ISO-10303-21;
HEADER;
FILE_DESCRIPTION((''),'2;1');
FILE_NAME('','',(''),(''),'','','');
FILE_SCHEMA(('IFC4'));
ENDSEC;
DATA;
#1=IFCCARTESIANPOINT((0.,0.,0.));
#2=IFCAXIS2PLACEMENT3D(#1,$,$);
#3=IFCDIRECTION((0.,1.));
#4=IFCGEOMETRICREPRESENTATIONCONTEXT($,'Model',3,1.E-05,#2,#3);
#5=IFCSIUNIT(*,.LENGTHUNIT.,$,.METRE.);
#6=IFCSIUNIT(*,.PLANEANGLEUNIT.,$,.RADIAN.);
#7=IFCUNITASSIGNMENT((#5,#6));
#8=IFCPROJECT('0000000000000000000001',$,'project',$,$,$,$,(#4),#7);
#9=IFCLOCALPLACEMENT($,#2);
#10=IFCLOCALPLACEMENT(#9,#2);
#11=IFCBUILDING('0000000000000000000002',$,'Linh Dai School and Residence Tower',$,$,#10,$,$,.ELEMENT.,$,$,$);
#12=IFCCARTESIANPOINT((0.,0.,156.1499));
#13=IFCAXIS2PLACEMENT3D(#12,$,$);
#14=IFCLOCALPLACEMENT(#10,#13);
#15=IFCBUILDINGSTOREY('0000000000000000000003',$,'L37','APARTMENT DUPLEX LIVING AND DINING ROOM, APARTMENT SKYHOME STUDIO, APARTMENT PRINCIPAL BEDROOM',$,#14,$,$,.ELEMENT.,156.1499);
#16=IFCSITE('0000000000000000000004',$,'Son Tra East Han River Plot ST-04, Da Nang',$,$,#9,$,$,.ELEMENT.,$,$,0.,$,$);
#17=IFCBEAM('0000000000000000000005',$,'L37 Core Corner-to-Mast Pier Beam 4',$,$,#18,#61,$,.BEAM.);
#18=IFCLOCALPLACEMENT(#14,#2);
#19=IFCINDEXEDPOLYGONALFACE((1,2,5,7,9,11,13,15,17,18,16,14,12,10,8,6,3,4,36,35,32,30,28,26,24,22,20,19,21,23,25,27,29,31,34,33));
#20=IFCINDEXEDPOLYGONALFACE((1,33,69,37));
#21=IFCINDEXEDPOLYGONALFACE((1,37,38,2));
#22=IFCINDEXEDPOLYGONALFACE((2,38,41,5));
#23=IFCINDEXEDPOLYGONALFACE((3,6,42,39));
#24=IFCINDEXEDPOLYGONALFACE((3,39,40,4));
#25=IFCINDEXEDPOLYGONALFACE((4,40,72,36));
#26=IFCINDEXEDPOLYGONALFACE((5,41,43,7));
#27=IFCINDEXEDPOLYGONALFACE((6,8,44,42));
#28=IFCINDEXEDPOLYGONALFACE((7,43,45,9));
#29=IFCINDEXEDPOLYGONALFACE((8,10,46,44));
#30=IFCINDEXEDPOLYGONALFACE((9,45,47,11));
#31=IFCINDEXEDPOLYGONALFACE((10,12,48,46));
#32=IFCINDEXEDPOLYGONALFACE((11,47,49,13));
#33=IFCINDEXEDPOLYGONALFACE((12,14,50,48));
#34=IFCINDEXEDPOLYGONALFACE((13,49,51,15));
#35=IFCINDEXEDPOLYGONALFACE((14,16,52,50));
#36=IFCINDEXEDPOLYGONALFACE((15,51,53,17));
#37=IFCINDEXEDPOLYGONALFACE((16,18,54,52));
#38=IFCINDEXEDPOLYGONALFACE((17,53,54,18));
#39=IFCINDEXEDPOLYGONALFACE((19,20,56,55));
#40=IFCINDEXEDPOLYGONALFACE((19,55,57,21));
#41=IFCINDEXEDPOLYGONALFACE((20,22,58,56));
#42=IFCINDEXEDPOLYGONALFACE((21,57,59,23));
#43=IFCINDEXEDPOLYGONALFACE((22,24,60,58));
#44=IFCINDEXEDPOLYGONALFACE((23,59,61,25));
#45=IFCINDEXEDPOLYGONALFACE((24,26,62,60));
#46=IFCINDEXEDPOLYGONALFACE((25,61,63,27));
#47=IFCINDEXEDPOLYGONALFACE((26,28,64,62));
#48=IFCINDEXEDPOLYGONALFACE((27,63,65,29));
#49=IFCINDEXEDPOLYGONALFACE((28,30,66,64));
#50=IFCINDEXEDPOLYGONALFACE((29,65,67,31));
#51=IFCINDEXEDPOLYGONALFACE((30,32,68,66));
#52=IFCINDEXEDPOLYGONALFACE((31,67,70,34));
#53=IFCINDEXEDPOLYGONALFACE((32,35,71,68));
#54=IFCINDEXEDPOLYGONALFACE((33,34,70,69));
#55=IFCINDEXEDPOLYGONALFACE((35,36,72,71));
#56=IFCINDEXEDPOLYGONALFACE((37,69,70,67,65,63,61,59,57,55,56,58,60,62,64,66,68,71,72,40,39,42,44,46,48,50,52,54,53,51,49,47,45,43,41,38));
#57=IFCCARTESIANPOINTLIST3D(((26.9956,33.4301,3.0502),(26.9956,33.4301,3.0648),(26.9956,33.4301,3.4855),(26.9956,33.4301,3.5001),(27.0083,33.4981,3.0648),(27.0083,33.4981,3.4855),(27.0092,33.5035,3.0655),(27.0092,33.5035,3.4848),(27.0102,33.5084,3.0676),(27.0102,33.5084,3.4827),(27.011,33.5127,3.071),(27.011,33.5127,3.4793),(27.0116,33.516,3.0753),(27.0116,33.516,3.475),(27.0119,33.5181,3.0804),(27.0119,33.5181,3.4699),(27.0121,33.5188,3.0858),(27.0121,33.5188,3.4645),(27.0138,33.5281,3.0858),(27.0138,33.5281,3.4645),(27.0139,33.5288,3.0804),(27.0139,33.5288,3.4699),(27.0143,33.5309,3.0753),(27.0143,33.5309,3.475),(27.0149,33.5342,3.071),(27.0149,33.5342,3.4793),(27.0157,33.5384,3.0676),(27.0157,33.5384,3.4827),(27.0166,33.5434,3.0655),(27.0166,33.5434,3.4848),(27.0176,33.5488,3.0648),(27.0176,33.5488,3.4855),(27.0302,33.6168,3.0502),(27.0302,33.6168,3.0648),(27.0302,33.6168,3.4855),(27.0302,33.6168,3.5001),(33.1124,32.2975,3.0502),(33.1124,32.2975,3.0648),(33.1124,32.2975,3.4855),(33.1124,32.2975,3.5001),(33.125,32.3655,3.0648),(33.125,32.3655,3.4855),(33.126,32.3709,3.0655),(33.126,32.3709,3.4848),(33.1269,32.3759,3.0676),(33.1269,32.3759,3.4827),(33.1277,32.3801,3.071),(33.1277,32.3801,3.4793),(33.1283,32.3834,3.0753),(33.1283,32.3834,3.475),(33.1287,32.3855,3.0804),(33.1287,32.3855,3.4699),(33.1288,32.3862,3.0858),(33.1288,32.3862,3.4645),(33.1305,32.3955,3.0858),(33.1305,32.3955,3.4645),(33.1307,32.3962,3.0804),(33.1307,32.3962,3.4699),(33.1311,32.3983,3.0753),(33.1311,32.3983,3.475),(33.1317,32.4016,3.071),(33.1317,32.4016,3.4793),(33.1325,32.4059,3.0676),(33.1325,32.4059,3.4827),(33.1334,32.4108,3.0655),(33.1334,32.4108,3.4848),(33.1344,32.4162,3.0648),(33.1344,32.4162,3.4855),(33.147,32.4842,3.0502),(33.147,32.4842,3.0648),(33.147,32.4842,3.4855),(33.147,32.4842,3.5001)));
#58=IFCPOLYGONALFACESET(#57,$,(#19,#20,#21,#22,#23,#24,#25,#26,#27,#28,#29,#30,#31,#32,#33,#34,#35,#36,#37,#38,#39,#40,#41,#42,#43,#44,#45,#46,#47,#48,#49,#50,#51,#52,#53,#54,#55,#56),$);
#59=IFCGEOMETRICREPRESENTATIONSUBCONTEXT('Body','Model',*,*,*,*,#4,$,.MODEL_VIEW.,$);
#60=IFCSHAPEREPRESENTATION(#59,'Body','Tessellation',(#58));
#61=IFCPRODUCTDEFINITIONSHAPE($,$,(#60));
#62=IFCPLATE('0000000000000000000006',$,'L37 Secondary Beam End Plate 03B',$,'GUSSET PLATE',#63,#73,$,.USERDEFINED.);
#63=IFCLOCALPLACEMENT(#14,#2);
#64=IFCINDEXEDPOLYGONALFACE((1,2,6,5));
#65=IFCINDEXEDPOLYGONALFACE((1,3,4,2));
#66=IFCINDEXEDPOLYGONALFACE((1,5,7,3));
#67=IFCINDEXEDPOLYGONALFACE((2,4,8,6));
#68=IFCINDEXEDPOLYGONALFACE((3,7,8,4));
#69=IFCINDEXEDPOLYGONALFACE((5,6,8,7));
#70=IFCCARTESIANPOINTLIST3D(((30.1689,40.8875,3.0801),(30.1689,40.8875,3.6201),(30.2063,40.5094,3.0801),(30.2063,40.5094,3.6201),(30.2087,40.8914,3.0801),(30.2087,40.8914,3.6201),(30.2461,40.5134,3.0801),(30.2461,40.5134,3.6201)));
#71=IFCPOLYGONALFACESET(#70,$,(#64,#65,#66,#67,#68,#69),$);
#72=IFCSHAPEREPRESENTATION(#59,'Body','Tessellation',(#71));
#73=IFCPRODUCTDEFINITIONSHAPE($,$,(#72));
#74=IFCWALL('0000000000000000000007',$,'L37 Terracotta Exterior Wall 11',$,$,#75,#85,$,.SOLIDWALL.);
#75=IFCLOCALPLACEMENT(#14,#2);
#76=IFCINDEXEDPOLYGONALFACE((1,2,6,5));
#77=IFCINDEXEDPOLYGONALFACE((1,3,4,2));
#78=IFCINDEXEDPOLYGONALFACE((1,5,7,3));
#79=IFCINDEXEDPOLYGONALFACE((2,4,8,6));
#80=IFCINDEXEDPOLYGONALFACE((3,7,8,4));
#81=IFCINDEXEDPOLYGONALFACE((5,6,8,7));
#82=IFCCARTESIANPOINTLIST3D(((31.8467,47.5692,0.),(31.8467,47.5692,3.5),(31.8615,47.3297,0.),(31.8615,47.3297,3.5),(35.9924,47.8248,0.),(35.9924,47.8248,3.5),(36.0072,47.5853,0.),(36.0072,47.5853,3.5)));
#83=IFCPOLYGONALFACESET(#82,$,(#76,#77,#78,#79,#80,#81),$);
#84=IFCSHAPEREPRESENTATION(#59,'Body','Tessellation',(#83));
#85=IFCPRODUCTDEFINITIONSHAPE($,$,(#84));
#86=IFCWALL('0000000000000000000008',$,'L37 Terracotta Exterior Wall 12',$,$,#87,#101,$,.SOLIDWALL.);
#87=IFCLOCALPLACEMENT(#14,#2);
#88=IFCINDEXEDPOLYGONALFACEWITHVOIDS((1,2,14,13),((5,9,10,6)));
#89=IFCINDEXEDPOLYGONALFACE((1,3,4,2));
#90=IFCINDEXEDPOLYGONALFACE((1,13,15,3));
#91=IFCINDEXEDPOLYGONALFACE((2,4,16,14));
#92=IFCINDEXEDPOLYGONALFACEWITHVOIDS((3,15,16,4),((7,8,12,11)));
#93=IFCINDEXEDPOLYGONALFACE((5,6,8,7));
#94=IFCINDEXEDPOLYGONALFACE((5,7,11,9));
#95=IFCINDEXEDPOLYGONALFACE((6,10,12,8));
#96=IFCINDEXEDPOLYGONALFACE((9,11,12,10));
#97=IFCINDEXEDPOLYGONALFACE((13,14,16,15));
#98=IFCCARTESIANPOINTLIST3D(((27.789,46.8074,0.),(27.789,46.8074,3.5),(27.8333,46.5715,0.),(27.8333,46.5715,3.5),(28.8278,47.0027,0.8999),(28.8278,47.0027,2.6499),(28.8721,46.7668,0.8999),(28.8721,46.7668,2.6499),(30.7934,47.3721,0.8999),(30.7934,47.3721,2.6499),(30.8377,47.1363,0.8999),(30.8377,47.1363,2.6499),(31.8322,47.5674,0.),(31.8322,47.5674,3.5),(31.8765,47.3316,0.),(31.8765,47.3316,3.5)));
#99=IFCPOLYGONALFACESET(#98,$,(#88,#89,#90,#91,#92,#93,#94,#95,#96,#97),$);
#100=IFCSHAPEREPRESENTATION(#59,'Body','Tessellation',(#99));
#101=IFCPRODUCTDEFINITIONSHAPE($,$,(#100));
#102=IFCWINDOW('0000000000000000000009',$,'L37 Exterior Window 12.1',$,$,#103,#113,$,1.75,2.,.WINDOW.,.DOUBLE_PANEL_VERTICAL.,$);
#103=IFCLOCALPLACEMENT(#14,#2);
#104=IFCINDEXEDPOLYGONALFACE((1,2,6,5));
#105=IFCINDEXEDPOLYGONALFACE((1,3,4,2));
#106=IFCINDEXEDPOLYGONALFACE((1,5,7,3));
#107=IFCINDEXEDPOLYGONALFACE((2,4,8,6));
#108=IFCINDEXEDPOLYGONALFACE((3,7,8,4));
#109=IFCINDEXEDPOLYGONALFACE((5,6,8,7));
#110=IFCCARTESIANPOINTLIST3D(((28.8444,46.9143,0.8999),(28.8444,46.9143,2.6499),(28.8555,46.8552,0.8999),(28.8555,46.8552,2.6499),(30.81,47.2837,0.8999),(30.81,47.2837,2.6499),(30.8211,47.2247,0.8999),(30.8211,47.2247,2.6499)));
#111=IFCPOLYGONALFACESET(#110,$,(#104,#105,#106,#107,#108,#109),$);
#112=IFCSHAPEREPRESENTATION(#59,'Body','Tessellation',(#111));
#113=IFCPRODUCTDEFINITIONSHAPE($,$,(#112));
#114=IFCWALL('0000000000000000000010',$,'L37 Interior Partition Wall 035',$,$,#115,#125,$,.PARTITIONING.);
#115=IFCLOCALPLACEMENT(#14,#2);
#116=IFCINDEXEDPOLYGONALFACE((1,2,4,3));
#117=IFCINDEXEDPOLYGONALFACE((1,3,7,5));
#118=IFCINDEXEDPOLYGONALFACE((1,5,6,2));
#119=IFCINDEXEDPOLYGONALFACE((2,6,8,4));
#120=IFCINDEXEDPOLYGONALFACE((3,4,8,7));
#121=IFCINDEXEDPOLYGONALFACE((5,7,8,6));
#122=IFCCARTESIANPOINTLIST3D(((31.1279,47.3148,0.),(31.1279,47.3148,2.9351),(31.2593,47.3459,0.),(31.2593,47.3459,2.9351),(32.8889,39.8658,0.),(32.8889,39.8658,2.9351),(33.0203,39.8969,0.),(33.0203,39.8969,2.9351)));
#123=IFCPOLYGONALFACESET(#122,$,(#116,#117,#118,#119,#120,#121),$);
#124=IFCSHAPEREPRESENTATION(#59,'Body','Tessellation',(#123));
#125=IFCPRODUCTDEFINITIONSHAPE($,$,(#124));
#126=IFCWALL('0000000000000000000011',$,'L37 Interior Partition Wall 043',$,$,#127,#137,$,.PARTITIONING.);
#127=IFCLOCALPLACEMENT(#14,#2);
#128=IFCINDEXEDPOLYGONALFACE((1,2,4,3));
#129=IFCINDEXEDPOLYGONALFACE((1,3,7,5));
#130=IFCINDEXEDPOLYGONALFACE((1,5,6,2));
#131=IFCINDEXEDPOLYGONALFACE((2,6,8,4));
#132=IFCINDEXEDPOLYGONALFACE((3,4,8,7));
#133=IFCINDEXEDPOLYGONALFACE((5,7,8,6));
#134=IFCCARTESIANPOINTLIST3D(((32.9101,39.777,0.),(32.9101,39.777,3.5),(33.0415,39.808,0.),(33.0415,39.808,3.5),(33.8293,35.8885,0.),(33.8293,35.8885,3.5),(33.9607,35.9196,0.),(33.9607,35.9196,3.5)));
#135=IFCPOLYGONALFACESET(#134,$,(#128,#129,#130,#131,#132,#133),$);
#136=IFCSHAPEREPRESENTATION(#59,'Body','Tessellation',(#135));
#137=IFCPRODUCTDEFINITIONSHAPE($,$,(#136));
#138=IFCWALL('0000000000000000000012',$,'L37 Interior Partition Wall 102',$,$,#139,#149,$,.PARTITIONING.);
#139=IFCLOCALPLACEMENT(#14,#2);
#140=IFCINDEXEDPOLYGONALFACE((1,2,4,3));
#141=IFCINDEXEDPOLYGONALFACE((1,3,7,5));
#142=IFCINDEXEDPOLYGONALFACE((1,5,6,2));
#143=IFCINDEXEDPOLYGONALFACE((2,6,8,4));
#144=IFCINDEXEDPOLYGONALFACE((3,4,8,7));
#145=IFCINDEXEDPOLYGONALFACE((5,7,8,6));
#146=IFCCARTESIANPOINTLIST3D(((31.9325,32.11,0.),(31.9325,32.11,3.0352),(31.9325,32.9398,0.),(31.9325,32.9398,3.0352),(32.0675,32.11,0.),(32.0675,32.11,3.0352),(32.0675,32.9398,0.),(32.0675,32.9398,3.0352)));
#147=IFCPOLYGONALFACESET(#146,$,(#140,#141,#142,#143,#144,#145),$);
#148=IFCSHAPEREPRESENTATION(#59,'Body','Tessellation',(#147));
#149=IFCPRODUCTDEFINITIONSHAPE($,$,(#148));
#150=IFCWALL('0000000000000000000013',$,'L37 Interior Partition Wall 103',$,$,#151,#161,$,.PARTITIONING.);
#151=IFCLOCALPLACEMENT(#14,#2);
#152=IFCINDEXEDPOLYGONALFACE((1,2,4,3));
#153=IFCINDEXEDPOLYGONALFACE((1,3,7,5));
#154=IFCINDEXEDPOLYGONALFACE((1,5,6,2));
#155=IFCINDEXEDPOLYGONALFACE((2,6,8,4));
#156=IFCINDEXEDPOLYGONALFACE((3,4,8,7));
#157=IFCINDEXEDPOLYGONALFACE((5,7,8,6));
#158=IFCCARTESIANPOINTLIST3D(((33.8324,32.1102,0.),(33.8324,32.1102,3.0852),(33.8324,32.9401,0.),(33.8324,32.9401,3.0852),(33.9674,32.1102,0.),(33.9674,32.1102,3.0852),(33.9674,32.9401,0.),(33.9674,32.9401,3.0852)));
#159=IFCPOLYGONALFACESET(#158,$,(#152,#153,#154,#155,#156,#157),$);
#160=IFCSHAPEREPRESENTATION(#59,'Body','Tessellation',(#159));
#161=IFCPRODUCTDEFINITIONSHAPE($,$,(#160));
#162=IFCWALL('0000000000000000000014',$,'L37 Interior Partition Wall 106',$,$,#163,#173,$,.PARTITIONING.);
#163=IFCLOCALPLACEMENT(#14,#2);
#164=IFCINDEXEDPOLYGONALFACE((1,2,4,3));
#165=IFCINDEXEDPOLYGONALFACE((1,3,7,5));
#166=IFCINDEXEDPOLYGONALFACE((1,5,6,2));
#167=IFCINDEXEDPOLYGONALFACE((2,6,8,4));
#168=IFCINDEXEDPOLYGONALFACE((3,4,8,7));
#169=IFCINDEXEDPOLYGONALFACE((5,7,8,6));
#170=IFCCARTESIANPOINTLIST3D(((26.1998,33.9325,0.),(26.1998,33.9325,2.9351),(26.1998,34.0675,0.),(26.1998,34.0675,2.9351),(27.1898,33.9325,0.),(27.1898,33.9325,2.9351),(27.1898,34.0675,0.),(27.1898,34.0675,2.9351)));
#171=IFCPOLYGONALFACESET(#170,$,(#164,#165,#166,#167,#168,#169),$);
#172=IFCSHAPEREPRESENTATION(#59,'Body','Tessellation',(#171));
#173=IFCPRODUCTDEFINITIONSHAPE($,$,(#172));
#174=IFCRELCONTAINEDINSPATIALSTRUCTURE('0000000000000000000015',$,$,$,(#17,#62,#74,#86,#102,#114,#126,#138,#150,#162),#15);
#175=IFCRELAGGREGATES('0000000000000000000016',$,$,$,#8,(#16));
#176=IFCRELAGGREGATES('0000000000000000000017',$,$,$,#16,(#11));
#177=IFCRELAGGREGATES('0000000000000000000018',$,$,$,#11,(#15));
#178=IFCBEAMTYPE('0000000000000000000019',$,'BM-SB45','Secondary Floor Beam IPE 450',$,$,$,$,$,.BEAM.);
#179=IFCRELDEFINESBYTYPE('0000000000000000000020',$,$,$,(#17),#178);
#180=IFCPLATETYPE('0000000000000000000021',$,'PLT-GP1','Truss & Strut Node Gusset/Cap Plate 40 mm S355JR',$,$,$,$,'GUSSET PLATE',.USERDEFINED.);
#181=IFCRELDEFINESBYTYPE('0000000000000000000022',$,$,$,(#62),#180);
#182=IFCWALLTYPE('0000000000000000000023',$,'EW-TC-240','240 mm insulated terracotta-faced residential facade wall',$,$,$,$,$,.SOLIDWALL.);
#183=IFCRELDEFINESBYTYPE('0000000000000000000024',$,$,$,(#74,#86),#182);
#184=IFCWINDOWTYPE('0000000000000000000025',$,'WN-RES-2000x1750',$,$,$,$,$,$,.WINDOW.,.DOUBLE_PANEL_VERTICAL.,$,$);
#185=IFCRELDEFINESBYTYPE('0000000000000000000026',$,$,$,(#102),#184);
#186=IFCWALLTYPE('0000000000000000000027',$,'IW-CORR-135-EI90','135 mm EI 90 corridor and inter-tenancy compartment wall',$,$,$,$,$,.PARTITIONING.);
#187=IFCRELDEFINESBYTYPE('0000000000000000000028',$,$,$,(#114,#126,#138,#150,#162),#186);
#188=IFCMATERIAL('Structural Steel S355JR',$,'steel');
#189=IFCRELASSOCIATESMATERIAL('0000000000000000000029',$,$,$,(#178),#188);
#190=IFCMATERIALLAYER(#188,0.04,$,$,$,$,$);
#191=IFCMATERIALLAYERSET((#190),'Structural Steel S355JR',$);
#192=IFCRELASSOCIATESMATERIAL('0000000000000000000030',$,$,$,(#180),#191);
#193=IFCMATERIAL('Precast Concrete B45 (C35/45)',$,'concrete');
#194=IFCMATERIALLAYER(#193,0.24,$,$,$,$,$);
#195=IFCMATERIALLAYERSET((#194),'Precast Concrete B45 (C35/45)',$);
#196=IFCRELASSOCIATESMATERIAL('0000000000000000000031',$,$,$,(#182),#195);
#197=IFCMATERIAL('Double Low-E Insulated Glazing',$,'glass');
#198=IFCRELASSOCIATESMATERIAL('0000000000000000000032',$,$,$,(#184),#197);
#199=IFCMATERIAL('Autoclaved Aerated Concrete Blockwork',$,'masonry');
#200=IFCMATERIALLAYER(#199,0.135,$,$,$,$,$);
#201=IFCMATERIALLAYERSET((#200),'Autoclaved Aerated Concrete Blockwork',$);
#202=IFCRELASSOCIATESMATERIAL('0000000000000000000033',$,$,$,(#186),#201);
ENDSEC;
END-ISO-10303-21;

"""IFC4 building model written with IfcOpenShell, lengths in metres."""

from ifc_helpers import new_model, si_unit, direction, frame, frame_2d, origin, origin_2d, place, context, subcontext, project, spatial, rectangle, i_section, extrude, source, transform, mapped, material, layer, layer_set, material_profile, profile_set, type_object, element, fill, save


model = new_model("IFC4")

# Units and contexts
model_context = context("Model", 3, precision=1e-05, world=origin(), true_north=direction((0.0, 1.0)))
body_context = subcontext(model_context, "Body", "Model", "MODEL_VIEW")
ifc_project = project(units=[si_unit("LENGTHUNIT", "METRE"), si_unit("PLANEANGLEUNIT", "RADIAN")], contexts=[model_context])

# Site, building, storey
site_placement = place(None, origin())
site = spatial("IfcSite", under=ifc_project, at=site_placement, Name="Son Tra East Han River Plot ST-04, Da Nang", CompositionType="ELEMENT", RefElevation=0.0)
building_placement = place(site_placement, origin())
building = spatial("IfcBuilding", under=site, at=building_placement, Name="Linh Dai School and Residence Tower", CompositionType="ELEMENT")
storey_placement = place(building_placement, frame((0.0, 0.0, 156.1499)))
storey = spatial("IfcBuildingStorey", under=building, at=storey_placement, Name="L37", Description="APARTMENT DUPLEX LIVING AND DINING ROOM, APARTMENT SKYHOME STUDIO, APARTMENT PRINCIPAL BEDROOM", CompositionType="ELEMENT", Elevation=156.1499)

# Shared definitions
ifc_material_1 = material(Name="Structural Steel S355JR", Category="steel")

# Beam
ifc_material_profile_1 = material_profile(ifc_material_1, i_section(OverallWidth=0.1899, OverallDepth=0.45, WebThickness=0.0095, FlangeThickness=0.0146, FilletRadius=0.021, at=origin_2d()), Name="IPE 450")
ifc_profile_set_1 = profile_set([ifc_material_profile_1], Name="Structural Steel S355JR")
beam_type_1 = type_object("IfcBeamType", Name="BM-SB45", Description="Secondary Floor Beam IPE 450", PredefinedType="BEAM", material=ifc_profile_set_1)
beam_1_placement = place(storey_placement, frame((27.0129, 33.5234, 3.2751), z_axis=(0.983286, -0.182065, 0.0), x_axis=(0.182065, 0.983286, 0.0)))
element("IfcBeam", 1, at=beam_1_placement, inside=storey, type_object=beam_type_1, Name="L37 Core Corner-to-Mast Pier Beam 4", PredefinedType="BEAM", context=body_context, shape_type="SweptSolid", body=[
    extrude(i_section(OverallWidth=0.1899, OverallDepth=0.45, WebThickness=0.0095, FlangeThickness=0.0146, FilletRadius=0.021, at=origin_2d()), origin(), (0.0, 0.0, 1.0), 6.2207),
])

# Plate
ifc_layer_1 = layer(ifc_material_1, 0.04)
ifc_layer_set_1 = layer_set([ifc_layer_1], Name="Structural Steel S355JR")
plate_type = type_object("IfcPlateType", Name="PLT-GP1", Description="Truss & Strut Node Gusset/Cap Plate 40 mm S355JR", ElementType="GUSSET PLATE", PredefinedType="USERDEFINED", material=ifc_layer_set_1)
shared_shape_1 = source(origin(), body_context, "Body", "SweptSolid", [
    extrude(rectangle(XDim=0.04, YDim=0.3799, at=origin_2d()), origin(), (0.0, 0.0, 1.0), 0.54),
])
plate_placement = place(storey_placement, frame((30.2075, 40.7004, 3.0801), z_axis=(0.0, 0.0, 1.0), x_axis=(-0.995145, -0.098423, 0.0)))
element("IfcPlate", 2, at=plate_placement, inside=storey, type_object=plate_type, Name="L37 Secondary Beam End Plate 03B", ObjectType="GUSSET PLATE", PredefinedType="USERDEFINED", context=body_context, shape_type="MappedRepresentation", body=[
    mapped(shared_shape_1, transform((0.0, 0.0, 0.0), x_axis=(1.0, 0.0, 0.0), y_axis=(0.0, 1.0, 0.0), z_axis=(0.0, 0.0, 1.0), scale=1.0)),
])

# Wall
ifc_material_2 = material(Name="Precast Concrete B45 (C35/45)", Category="concrete")
ifc_layer_2 = layer(ifc_material_2, 0.24)
ifc_layer_set_2 = layer_set([ifc_layer_2], Name="Precast Concrete B45 (C35/45)")
wall_type_1 = type_object("IfcWallType", Name="EW-TC-240", Description="240 mm insulated terracotta-faced residential facade wall", PredefinedType="SOLIDWALL", material=ifc_layer_set_2)
wall_1_placement = place(storey_placement, frame((31.8542, 47.4495, 0.0), z_axis=(0.0, 0.0, 1.0), x_axis=(0.998105, 0.06154, 0.0)))
element("IfcWall", 3, at=wall_1_placement, inside=storey, type_object=wall_type_1, Name="L37 Terracotta Exterior Wall 11", PredefinedType="SOLIDWALL", context=body_context, shape_type="SweptSolid", body=[
    extrude(rectangle(XDim=4.1536, YDim=0.24, at=frame_2d((2.0767, 0.0))), origin(), (0.0, 0.0, 1.0), 3.5),
])

# Wall, opening, window
wall_2_placement = place(storey_placement, frame((27.811, 46.6895, 0.0), z_axis=(0.0, 0.0, 1.0), x_axis=(0.982788, 0.184736, 0.0)))
wall_2 = element("IfcWall", 4, at=wall_2_placement, inside=storey, type_object=wall_type_1, Name="L37 Terracotta Exterior Wall 12", PredefinedType="SOLIDWALL", context=body_context, shape_type="SweptSolid", body=[
    extrude(rectangle(XDim=4.114, YDim=0.24, at=frame_2d((2.0571, 0.0))), origin(), (0.0, 0.0, 1.0), 3.5),
])
opening_1_placement = place(wall_2_placement, frame((1.0571, 0.0, 0.8999)))
opening_1 = element("IfcOpeningElement", 5, at=opening_1_placement, cuts=wall_2, PredefinedType="OPENING", context=body_context, shape_type="SweptSolid", body=[
    extrude(rectangle(XDim=2.0, YDim=1.75, at=origin_2d()), frame((1.0, 0.1299, 0.875), z_axis=(0.0, -1.0, 0.0), x_axis=(1.0, 0.0, 0.0)), (0.0, 0.0, 1.0), 0.26),
])
ifc_material_3 = material(Name="Double Low-E Insulated Glazing", Category="glass")
window_type = type_object("IfcWindowType", Name="WN-RES-2000x1750", PartitioningType="DOUBLE_PANEL_VERTICAL", PredefinedType="WINDOW", material=ifc_material_3)
shared_shape_2 = source(origin(), body_context, "Body", "SweptSolid", [
    extrude(rectangle(XDim=2.0, YDim=1.75, at=origin_2d()), frame((1.0, 0.03, 0.875), z_axis=(0.0, -1.0, 0.0), x_axis=(1.0, 0.0, 0.0)), (0.0, 0.0, 1.0), 0.0601),
])
window_placement = place(opening_1_placement, origin())
window = element("IfcWindow", 6, at=window_placement, inside=storey, type_object=window_type, Name="L37 Exterior Window 12.1", OverallHeight=1.75, OverallWidth=2.0, PartitioningType="DOUBLE_PANEL_VERTICAL", PredefinedType="WINDOW", context=body_context, shape_type="MappedRepresentation", body=[
    mapped(shared_shape_2, transform((0.0, 0.0, 0.0), x_axis=(1.0, 0.0, 0.0), y_axis=(0.0, 1.0, 0.0), z_axis=(0.0, 0.0, 1.0), scale=1.0)),
])
fill(opening_1, window)

# Walls
ifc_material_4 = material(Name="Autoclaved Aerated Concrete Blockwork", Category="masonry")
ifc_layer_3 = layer(ifc_material_4, 0.135)
ifc_layer_set_3 = layer_set([ifc_layer_3], Name="Autoclaved Aerated Concrete Blockwork")
wall_type_2 = type_object("IfcWallType", Name="IW-CORR-135-EI90", Description="135 mm EI 90 corridor and inter-tenancy compartment wall", PredefinedType="PARTITIONING", material=ifc_layer_set_3)
wall_3_placement = place(storey_placement, frame((31.1936, 47.3303, 0.0), z_axis=(0.0, 0.0, 1.0), x_axis=(0.230065, -0.973175, 0.0)))
element("IfcWall", 7, at=wall_3_placement, inside=storey, type_object=wall_type_2, Name="L37 Interior Partition Wall 035", PredefinedType="PARTITIONING", context=body_context, shape_type="SweptSolid", body=[
    extrude(rectangle(XDim=7.6543, YDim=0.135, at=frame_2d((3.8271, 0.0))), origin(), (0.0, 0.0, 1.0), 2.9351),
])
wall_4_placement = place(storey_placement, frame((32.9758, 39.7925, 0.0), z_axis=(0.0, 0.0, 1.0), x_axis=(0.230051, -0.973179, 0.0)))
element("IfcWall", 8, at=wall_4_placement, inside=storey, type_object=wall_type_2, Name="L37 Interior Partition Wall 043", PredefinedType="PARTITIONING", context=body_context, shape_type="SweptSolid", body=[
    extrude(rectangle(XDim=3.9956, YDim=0.135, at=frame_2d((1.9978, 0.0))), origin(), (0.0, 0.0, 1.0), 3.5),
])
wall_5_placement = place(storey_placement, frame((32.0, 32.9399, 0.0), z_axis=(0.0, 0.0, 1.0), x_axis=(0.0, -1.0, 0.0)))
element("IfcWall", 9, at=wall_5_placement, inside=storey, type_object=wall_type_2, Name="L37 Interior Partition Wall 102", PredefinedType="PARTITIONING", context=body_context, shape_type="SweptSolid", body=[
    extrude(rectangle(XDim=0.8298, YDim=0.135, at=frame_2d((0.415, 0.0))), origin(), (0.0, 0.0, 1.0), 3.0352),
])
wall_6_placement = place(storey_placement, frame((33.8999, 32.1101, 0.0), z_axis=(0.0, 0.0, 1.0), x_axis=(0.0, 1.0, 0.0)))
element("IfcWall", 10, at=wall_6_placement, inside=storey, type_object=wall_type_2, Name="L37 Interior Partition Wall 103", PredefinedType="PARTITIONING", context=body_context, shape_type="SweptSolid", body=[
    extrude(rectangle(XDim=0.8298, YDim=0.135, at=frame_2d((0.415, 0.0))), origin(), (0.0, 0.0, 1.0), 3.0852),
])
wall_7_placement = place(storey_placement, frame((27.1899, 34.0, 0.0), z_axis=(0.0, 0.0, 1.0), x_axis=(-1.0, 0.0, 0.0)))
element("IfcWall", 11, at=wall_7_placement, inside=storey, type_object=wall_type_2, Name="L37 Interior Partition Wall 106", PredefinedType="PARTITIONING", context=body_context, shape_type="SweptSolid", body=[
    extrude(rectangle(XDim=0.99, YDim=0.135, at=frame_2d((0.4951, 0.0))), origin(), (0.0, 0.0, 1.0), 2.9351),
])

save(model, "model.ifc")
